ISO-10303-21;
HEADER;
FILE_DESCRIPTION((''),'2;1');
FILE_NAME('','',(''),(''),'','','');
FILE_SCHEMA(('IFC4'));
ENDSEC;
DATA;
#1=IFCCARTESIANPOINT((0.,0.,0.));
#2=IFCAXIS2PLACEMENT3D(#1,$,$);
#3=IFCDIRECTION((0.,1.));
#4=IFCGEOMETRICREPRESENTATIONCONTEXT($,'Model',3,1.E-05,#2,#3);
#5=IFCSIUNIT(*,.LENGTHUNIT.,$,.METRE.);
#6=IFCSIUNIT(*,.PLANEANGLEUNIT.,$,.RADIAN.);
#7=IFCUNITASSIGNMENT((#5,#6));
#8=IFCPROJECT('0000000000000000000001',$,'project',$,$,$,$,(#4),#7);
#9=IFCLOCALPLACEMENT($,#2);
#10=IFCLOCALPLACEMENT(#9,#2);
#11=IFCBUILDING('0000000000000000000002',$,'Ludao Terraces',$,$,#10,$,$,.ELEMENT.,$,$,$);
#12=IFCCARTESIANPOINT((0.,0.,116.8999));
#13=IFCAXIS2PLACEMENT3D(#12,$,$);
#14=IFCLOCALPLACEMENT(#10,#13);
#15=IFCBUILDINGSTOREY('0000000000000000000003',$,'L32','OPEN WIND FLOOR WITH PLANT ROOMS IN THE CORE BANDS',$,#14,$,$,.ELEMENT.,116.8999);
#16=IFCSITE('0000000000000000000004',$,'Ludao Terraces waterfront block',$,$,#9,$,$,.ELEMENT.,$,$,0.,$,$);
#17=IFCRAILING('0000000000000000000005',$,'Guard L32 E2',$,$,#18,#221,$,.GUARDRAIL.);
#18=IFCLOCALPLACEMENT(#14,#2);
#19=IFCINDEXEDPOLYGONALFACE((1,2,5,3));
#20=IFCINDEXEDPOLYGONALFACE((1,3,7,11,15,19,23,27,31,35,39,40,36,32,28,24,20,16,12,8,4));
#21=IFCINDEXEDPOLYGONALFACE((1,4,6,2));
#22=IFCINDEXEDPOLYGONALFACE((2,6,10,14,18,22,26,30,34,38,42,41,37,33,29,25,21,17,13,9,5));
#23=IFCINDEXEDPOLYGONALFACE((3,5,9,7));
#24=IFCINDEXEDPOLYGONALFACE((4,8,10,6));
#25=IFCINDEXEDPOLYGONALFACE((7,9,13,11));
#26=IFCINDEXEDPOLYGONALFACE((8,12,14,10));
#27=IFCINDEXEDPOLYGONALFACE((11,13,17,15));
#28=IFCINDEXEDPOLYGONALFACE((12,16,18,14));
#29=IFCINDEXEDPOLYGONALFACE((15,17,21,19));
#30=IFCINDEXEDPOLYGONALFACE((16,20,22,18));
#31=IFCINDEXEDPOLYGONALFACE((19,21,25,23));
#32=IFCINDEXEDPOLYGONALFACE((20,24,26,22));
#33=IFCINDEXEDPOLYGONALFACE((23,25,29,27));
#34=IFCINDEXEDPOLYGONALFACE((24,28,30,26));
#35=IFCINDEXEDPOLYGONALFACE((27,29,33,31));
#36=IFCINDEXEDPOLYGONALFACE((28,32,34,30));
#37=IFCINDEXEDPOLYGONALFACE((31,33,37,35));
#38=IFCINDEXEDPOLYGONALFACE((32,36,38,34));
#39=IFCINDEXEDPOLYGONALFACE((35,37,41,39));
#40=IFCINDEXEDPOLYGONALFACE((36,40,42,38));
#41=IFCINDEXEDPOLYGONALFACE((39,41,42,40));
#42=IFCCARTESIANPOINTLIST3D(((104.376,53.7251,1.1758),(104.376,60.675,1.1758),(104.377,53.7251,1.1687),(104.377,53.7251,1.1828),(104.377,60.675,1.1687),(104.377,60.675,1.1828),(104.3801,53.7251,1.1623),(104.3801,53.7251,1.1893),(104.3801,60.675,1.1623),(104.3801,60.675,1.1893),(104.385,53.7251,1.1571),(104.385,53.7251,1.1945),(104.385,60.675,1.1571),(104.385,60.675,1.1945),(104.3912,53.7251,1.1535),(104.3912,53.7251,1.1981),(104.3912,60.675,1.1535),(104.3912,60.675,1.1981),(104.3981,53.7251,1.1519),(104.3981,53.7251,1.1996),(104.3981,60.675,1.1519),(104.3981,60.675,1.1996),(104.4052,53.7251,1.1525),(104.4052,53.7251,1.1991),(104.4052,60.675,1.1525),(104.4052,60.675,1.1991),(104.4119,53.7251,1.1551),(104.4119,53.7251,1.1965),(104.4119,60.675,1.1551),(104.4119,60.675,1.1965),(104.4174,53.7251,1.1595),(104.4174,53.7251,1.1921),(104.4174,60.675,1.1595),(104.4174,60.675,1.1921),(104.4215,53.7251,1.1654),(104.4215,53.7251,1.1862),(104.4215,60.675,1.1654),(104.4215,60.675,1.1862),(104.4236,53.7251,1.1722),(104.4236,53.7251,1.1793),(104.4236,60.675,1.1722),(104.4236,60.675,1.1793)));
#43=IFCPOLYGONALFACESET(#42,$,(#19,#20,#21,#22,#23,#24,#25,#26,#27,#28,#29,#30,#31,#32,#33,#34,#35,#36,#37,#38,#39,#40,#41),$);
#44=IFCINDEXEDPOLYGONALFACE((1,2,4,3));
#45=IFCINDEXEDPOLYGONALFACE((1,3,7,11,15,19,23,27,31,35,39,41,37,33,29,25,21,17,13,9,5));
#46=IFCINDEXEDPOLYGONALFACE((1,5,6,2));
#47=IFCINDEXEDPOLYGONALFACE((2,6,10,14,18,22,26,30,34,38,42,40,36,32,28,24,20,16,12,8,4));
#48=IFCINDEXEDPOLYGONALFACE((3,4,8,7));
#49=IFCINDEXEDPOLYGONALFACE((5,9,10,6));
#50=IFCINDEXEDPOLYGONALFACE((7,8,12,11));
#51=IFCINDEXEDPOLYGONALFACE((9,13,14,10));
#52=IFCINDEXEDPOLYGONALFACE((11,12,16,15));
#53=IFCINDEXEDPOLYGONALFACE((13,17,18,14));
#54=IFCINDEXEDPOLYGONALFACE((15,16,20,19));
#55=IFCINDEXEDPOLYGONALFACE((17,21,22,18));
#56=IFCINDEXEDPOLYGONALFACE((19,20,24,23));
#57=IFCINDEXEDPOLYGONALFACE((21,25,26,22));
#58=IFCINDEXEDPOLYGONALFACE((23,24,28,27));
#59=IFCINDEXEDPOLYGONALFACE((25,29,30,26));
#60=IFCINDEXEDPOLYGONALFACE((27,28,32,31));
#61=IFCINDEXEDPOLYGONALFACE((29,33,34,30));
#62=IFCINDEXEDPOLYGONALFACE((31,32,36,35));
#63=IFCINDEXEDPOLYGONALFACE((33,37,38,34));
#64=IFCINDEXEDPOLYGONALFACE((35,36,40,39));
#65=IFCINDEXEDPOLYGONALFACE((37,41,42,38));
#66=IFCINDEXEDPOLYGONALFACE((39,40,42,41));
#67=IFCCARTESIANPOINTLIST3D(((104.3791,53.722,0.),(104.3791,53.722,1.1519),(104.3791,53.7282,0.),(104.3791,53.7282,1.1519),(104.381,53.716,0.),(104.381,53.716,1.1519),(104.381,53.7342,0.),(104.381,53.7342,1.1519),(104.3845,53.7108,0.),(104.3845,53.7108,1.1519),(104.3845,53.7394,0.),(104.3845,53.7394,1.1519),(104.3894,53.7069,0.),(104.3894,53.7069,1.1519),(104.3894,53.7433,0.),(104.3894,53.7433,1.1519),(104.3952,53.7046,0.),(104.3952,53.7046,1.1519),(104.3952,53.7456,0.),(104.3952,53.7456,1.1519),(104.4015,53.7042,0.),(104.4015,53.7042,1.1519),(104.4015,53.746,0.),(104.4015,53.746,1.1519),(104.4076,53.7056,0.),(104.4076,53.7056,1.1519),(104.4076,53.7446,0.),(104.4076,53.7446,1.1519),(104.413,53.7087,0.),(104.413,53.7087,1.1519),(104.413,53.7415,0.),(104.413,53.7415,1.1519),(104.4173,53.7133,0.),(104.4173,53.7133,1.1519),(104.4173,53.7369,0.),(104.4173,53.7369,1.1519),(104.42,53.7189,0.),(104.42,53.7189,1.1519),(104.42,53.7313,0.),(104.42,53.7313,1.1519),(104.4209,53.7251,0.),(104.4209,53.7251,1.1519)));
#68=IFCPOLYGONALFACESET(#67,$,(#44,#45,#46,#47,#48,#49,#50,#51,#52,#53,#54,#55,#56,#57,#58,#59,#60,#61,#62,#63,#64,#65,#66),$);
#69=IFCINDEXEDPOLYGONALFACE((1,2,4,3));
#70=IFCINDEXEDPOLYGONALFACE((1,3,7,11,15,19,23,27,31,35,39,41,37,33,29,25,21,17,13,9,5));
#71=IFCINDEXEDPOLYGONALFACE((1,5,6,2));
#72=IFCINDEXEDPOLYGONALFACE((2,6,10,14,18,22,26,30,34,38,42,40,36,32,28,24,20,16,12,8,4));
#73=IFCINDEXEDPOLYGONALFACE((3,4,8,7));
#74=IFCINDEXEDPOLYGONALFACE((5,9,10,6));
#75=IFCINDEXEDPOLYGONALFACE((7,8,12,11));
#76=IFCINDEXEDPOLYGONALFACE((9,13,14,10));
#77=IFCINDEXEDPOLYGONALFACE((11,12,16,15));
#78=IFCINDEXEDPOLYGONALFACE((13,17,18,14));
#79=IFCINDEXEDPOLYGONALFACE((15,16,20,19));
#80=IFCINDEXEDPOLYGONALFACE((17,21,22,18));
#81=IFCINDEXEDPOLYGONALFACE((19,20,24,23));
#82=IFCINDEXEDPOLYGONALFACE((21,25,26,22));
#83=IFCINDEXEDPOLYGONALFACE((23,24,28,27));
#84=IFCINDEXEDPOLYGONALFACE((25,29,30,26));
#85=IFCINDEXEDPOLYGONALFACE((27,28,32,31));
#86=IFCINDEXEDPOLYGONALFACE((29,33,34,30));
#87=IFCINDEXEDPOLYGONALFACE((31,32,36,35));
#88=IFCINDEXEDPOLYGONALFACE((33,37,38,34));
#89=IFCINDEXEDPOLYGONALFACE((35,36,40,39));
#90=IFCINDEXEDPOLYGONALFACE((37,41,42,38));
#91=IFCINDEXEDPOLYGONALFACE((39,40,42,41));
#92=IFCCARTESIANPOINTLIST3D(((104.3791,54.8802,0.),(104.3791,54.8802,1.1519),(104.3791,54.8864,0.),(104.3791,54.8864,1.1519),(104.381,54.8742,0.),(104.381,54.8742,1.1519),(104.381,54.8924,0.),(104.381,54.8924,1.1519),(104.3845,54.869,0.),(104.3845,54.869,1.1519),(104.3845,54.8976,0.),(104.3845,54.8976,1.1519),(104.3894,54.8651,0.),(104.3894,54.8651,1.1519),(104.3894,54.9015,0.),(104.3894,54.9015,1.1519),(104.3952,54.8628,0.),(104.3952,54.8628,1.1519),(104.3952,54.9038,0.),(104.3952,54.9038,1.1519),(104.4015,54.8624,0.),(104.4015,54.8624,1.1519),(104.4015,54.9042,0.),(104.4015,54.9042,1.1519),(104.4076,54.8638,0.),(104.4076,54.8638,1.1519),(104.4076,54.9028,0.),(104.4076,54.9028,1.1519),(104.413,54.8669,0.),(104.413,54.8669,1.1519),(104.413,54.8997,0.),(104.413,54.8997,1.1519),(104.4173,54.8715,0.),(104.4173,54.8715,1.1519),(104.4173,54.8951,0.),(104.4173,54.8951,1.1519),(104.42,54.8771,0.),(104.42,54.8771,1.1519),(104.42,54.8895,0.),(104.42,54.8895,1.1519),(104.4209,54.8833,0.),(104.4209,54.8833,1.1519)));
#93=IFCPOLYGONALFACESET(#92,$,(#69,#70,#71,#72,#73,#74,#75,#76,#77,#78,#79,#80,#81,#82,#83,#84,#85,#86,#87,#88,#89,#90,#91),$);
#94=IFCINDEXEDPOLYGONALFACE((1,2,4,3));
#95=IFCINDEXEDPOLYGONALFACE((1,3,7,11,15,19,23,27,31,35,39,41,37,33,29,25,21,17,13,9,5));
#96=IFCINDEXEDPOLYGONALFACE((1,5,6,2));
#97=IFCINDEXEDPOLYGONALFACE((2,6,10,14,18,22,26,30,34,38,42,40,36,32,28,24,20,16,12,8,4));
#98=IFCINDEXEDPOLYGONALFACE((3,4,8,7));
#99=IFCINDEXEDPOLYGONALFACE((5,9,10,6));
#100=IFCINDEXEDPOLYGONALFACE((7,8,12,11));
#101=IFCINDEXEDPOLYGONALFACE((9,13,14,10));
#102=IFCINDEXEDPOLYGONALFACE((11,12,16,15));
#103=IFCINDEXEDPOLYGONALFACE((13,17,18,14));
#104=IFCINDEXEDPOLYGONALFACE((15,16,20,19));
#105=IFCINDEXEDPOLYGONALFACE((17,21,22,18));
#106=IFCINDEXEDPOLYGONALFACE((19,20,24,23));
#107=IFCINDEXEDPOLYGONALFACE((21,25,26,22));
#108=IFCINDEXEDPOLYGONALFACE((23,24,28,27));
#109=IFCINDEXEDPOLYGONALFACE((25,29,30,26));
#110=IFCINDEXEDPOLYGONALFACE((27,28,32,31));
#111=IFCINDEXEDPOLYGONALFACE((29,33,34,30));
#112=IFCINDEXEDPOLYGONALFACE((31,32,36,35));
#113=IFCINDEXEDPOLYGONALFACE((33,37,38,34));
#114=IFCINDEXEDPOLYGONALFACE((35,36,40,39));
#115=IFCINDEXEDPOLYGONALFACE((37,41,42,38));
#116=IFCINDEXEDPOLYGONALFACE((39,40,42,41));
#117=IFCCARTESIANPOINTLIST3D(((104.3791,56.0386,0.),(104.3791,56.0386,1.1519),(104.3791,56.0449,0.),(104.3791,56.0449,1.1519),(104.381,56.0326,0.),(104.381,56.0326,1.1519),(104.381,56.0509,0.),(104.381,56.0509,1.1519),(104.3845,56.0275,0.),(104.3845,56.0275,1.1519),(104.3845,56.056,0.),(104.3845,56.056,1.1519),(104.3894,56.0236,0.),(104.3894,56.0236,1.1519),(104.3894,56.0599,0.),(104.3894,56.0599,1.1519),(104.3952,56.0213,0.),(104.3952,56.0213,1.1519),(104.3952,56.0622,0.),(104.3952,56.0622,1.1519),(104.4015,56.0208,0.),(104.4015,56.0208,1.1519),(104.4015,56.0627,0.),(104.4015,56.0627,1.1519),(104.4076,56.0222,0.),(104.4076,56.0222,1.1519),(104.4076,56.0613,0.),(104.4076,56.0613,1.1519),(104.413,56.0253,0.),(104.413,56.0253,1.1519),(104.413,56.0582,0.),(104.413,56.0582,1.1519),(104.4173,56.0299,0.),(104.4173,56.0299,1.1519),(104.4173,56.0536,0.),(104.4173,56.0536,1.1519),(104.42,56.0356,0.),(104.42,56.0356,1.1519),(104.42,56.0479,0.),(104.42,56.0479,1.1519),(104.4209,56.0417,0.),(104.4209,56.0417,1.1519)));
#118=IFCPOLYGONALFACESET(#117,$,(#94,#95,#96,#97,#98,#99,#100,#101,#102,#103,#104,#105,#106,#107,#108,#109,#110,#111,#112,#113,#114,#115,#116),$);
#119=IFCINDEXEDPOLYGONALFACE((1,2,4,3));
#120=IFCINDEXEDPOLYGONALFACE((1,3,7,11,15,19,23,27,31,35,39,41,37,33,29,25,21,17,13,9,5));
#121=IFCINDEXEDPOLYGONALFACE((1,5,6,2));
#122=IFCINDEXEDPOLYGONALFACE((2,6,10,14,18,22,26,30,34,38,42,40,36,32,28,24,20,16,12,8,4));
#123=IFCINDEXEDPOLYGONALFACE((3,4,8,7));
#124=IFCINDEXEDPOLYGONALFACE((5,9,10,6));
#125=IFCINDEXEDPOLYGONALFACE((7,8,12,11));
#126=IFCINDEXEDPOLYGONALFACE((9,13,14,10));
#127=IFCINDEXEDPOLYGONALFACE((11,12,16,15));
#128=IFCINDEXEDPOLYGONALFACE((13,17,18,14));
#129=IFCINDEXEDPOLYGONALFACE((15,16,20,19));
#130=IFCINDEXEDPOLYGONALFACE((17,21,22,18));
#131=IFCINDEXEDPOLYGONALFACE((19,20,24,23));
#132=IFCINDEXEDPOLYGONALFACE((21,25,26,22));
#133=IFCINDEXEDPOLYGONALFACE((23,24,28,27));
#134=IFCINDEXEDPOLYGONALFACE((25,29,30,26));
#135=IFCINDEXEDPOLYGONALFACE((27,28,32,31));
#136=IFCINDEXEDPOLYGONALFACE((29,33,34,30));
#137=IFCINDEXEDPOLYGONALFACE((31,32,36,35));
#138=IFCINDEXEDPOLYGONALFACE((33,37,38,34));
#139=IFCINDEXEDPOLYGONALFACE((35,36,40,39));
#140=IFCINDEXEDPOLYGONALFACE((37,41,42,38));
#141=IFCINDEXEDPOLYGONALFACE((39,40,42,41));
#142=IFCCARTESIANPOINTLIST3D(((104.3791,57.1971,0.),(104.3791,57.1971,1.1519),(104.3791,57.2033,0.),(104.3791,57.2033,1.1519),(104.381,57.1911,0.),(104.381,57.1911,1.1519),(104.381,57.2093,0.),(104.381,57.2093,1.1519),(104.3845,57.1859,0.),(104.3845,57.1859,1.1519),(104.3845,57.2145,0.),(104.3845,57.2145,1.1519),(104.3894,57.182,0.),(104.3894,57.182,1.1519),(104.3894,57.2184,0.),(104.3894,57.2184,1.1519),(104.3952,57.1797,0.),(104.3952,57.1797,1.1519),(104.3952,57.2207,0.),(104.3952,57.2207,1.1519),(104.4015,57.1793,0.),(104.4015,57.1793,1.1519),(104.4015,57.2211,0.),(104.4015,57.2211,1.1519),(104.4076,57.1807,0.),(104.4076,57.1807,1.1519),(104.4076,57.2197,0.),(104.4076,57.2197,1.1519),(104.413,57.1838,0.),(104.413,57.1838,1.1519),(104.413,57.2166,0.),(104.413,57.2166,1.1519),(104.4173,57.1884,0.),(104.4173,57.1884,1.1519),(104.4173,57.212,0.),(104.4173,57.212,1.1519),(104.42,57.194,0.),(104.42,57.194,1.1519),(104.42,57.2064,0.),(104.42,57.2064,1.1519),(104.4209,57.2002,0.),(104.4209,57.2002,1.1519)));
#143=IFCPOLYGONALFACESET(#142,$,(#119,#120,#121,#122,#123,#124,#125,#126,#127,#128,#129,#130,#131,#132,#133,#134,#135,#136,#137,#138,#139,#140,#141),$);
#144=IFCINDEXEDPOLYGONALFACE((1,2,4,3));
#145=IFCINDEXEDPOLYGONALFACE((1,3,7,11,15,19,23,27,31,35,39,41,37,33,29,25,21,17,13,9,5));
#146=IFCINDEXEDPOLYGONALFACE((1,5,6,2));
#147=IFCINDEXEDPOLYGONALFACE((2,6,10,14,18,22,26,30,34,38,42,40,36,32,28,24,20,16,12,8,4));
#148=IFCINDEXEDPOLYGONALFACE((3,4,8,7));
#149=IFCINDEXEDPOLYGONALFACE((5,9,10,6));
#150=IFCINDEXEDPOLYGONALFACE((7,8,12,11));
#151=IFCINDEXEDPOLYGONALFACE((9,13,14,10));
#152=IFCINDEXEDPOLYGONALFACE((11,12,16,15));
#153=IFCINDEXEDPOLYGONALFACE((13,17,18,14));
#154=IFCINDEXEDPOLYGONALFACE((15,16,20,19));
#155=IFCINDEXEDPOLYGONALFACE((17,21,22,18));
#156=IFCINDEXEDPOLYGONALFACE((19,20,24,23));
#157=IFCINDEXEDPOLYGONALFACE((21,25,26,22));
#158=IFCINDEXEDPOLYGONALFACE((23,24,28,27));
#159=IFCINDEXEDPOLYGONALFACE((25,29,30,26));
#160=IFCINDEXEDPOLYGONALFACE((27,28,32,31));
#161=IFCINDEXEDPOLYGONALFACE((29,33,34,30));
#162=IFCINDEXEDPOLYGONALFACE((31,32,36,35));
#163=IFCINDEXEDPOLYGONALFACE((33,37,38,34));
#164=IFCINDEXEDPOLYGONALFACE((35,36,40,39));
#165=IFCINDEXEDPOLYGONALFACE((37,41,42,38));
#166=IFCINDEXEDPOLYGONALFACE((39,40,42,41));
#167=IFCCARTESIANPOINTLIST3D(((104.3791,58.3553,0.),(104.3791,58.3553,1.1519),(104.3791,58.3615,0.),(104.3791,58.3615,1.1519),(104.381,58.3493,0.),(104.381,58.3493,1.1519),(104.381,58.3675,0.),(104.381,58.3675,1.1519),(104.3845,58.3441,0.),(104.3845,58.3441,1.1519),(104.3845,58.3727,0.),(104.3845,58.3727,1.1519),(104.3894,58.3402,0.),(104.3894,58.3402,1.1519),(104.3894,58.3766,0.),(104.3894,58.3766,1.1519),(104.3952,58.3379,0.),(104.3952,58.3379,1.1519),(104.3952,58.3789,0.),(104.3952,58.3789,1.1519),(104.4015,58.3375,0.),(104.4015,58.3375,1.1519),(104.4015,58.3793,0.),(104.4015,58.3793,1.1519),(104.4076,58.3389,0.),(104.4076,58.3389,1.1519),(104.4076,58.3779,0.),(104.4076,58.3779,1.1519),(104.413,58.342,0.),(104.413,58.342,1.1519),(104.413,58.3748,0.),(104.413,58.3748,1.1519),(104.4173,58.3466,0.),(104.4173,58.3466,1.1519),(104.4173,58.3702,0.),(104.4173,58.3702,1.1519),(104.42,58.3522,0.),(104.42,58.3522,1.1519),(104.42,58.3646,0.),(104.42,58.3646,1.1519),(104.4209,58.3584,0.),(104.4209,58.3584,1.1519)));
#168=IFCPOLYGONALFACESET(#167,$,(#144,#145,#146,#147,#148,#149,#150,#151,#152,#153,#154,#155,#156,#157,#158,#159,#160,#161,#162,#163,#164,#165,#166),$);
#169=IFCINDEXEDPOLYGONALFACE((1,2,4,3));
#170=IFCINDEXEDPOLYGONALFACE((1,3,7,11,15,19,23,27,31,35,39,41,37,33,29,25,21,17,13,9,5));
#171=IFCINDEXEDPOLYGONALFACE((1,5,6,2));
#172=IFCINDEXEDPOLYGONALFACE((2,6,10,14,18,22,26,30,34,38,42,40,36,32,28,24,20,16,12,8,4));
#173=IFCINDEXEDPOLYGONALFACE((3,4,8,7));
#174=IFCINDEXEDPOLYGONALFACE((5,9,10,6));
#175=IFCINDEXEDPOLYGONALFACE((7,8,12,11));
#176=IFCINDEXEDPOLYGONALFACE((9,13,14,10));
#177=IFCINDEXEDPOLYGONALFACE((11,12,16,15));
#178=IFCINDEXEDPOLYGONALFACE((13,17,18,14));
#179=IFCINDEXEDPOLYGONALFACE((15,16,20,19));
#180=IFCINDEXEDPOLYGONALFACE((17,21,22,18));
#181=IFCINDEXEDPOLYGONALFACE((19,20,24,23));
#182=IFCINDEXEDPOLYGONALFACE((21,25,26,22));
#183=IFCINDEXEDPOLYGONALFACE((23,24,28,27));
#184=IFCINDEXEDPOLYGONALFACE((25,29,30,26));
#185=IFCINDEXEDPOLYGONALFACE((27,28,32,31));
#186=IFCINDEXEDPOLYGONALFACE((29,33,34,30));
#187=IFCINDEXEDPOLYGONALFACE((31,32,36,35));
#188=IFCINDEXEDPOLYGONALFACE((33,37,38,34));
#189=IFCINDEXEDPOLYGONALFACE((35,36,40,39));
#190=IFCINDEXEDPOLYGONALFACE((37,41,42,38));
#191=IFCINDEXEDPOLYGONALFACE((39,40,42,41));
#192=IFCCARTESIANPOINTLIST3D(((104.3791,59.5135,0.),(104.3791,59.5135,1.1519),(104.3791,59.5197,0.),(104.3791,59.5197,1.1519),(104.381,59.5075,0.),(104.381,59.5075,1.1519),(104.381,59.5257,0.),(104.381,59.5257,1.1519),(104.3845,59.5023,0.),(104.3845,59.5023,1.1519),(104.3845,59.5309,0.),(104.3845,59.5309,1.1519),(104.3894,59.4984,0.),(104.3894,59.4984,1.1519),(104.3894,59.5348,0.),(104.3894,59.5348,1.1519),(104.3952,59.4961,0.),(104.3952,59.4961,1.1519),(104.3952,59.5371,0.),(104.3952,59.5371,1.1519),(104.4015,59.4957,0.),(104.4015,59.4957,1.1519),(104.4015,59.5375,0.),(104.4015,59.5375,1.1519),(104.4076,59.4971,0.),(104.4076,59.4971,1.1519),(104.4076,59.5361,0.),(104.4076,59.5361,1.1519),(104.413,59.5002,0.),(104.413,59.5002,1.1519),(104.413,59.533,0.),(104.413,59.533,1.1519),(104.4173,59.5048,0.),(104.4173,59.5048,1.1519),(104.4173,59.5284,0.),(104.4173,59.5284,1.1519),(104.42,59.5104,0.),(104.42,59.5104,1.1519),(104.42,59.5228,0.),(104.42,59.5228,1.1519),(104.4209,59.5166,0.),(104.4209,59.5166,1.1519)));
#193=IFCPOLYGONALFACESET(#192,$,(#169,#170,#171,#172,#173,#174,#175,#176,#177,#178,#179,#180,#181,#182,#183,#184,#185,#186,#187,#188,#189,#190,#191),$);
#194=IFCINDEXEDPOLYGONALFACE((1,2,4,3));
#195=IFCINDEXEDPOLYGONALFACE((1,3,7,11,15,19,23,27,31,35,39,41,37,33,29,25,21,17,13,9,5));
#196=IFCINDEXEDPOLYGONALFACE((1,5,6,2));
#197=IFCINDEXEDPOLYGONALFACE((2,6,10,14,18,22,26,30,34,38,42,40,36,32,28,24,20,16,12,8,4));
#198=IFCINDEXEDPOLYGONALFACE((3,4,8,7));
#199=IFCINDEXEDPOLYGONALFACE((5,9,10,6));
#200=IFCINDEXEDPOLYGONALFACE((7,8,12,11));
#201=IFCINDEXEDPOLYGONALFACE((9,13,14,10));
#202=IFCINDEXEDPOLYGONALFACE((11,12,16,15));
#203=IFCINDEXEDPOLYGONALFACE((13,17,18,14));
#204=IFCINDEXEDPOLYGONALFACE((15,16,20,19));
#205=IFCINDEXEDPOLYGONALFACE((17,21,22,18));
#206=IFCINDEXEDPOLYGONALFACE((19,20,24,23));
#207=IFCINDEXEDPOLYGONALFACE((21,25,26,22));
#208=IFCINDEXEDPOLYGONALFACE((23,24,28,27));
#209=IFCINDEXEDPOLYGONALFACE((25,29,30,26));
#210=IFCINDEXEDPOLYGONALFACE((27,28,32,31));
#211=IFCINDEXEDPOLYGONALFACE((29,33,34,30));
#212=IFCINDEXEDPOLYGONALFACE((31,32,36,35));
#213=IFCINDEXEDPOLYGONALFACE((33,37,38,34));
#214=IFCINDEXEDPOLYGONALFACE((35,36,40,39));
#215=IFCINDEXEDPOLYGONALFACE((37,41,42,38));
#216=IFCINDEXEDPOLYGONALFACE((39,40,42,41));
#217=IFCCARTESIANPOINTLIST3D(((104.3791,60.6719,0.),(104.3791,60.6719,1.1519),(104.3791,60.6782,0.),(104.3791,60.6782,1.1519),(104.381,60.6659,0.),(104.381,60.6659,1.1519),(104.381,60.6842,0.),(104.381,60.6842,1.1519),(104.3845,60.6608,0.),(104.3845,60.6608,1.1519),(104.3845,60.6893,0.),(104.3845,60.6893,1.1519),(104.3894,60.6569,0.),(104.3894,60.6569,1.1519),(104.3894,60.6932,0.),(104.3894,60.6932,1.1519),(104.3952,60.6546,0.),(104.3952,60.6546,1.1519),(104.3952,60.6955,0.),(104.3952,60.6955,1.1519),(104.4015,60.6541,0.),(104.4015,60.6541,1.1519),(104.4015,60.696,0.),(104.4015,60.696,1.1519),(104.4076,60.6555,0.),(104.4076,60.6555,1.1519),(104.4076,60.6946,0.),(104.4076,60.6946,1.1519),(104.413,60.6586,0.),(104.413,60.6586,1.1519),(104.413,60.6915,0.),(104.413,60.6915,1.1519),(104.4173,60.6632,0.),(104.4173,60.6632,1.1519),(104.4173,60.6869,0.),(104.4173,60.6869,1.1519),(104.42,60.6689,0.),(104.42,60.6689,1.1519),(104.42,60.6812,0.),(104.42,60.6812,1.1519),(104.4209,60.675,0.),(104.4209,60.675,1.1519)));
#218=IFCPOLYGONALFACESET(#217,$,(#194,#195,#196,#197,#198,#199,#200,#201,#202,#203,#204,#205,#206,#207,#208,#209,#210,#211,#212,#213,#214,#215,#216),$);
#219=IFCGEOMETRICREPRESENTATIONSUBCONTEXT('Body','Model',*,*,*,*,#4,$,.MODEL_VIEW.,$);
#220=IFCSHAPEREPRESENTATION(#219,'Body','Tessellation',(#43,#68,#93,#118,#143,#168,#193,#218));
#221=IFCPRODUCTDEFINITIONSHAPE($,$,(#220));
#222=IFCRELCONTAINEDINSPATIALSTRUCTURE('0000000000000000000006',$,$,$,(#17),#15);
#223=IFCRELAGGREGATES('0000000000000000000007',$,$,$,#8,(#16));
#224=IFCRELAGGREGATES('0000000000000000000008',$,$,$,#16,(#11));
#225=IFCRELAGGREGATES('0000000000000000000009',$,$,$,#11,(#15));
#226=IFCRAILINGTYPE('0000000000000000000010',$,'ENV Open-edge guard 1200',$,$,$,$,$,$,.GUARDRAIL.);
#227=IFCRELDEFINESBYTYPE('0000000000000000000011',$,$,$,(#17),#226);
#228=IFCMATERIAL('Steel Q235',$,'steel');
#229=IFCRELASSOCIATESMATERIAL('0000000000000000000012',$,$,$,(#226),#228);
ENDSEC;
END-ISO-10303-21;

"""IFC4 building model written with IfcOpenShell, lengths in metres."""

from ifc_helpers import new_model, si_unit, direction, frame, origin, origin_2d, place, context, subcontext, project, spatial, circle, extrude, material, type_object, element, save


model = new_model("IFC4")

# Units and contexts
model_context = context("Model", 3, precision=1e-05, world=origin(), true_north=direction((0.0, 1.0)))
body_context = subcontext(model_context, "Body", "Model", "MODEL_VIEW")
ifc_project = project(units=[si_unit("LENGTHUNIT", "METRE"), si_unit("PLANEANGLEUNIT", "RADIAN")], contexts=[model_context])

# Site, building, storey
site_placement = place(None, origin())
site = spatial("IfcSite", under=ifc_project, at=site_placement, Name="Ludao Terraces waterfront block", CompositionType="ELEMENT", RefElevation=0.0)
building_placement = place(site_placement, origin())
building = spatial("IfcBuilding", under=site, at=building_placement, Name="Ludao Terraces", CompositionType="ELEMENT")
storey_placement = place(building_placement, frame((0.0, 0.0, 116.8999)))
storey = spatial("IfcBuildingStorey", under=building, at=storey_placement, Name="L32", Description="OPEN WIND FLOOR WITH PLANT ROOMS IN THE CORE BANDS", CompositionType="ELEMENT", Elevation=116.8999)

# Shared definitions
ifc_material_1 = material(Name="Steel Q235", Category="steel")

# Railing
railing_type_1 = type_object("IfcRailingType", Name="ENV Open-edge guard 1200", PredefinedType="GUARDRAIL", material=ifc_material_1)
railing_1_placement = place(storey_placement, frame((104.3999, 53.7251, 0.0)))
element("IfcRailing", 1, at=railing_1_placement, inside=storey, type_object=railing_type_1, Name="Guard L32 E2", PredefinedType="GUARDRAIL", context=body_context, shape_type="SweptSolid", body=[
    extrude(circle(Radius=0.0239, at=origin_2d()), frame((0.0, 0.0, 1.1758), z_axis=(0.0, 1.0, 0.0), x_axis=(-1.0, 0.0, 0.0)), (0.0, 0.0, 1.0), 6.95),
    extrude(circle(Radius=0.021, at=origin_2d()), origin(), (0.0, 0.0, 1.0), 1.1519),
    extrude(circle(Radius=0.021, at=origin_2d()), frame((0.0, 1.1582, 0.0)), (0.0, 0.0, 1.0), 1.1519),
    extrude(circle(Radius=0.021, at=origin_2d()), frame((0.0, 2.3167, 0.0)), (0.0, 0.0, 1.0), 1.1519),
    extrude(circle(Radius=0.021, at=origin_2d()), frame((0.0, 3.4751, 0.0)), (0.0, 0.0, 1.0), 1.1519),
    extrude(circle(Radius=0.021, at=origin_2d()), frame((0.0, 4.6333, 0.0)), (0.0, 0.0, 1.0), 1.1519),
    extrude(circle(Radius=0.021, at=origin_2d()), frame((0.0, 5.7915, 0.0)), (0.0, 0.0, 1.0), 1.1519),
    extrude(circle(Radius=0.021, at=origin_2d()), frame((0.0, 6.95, 0.0)), (0.0, 0.0, 1.0), 1.1519),
])

save(model, "model.ifc")
